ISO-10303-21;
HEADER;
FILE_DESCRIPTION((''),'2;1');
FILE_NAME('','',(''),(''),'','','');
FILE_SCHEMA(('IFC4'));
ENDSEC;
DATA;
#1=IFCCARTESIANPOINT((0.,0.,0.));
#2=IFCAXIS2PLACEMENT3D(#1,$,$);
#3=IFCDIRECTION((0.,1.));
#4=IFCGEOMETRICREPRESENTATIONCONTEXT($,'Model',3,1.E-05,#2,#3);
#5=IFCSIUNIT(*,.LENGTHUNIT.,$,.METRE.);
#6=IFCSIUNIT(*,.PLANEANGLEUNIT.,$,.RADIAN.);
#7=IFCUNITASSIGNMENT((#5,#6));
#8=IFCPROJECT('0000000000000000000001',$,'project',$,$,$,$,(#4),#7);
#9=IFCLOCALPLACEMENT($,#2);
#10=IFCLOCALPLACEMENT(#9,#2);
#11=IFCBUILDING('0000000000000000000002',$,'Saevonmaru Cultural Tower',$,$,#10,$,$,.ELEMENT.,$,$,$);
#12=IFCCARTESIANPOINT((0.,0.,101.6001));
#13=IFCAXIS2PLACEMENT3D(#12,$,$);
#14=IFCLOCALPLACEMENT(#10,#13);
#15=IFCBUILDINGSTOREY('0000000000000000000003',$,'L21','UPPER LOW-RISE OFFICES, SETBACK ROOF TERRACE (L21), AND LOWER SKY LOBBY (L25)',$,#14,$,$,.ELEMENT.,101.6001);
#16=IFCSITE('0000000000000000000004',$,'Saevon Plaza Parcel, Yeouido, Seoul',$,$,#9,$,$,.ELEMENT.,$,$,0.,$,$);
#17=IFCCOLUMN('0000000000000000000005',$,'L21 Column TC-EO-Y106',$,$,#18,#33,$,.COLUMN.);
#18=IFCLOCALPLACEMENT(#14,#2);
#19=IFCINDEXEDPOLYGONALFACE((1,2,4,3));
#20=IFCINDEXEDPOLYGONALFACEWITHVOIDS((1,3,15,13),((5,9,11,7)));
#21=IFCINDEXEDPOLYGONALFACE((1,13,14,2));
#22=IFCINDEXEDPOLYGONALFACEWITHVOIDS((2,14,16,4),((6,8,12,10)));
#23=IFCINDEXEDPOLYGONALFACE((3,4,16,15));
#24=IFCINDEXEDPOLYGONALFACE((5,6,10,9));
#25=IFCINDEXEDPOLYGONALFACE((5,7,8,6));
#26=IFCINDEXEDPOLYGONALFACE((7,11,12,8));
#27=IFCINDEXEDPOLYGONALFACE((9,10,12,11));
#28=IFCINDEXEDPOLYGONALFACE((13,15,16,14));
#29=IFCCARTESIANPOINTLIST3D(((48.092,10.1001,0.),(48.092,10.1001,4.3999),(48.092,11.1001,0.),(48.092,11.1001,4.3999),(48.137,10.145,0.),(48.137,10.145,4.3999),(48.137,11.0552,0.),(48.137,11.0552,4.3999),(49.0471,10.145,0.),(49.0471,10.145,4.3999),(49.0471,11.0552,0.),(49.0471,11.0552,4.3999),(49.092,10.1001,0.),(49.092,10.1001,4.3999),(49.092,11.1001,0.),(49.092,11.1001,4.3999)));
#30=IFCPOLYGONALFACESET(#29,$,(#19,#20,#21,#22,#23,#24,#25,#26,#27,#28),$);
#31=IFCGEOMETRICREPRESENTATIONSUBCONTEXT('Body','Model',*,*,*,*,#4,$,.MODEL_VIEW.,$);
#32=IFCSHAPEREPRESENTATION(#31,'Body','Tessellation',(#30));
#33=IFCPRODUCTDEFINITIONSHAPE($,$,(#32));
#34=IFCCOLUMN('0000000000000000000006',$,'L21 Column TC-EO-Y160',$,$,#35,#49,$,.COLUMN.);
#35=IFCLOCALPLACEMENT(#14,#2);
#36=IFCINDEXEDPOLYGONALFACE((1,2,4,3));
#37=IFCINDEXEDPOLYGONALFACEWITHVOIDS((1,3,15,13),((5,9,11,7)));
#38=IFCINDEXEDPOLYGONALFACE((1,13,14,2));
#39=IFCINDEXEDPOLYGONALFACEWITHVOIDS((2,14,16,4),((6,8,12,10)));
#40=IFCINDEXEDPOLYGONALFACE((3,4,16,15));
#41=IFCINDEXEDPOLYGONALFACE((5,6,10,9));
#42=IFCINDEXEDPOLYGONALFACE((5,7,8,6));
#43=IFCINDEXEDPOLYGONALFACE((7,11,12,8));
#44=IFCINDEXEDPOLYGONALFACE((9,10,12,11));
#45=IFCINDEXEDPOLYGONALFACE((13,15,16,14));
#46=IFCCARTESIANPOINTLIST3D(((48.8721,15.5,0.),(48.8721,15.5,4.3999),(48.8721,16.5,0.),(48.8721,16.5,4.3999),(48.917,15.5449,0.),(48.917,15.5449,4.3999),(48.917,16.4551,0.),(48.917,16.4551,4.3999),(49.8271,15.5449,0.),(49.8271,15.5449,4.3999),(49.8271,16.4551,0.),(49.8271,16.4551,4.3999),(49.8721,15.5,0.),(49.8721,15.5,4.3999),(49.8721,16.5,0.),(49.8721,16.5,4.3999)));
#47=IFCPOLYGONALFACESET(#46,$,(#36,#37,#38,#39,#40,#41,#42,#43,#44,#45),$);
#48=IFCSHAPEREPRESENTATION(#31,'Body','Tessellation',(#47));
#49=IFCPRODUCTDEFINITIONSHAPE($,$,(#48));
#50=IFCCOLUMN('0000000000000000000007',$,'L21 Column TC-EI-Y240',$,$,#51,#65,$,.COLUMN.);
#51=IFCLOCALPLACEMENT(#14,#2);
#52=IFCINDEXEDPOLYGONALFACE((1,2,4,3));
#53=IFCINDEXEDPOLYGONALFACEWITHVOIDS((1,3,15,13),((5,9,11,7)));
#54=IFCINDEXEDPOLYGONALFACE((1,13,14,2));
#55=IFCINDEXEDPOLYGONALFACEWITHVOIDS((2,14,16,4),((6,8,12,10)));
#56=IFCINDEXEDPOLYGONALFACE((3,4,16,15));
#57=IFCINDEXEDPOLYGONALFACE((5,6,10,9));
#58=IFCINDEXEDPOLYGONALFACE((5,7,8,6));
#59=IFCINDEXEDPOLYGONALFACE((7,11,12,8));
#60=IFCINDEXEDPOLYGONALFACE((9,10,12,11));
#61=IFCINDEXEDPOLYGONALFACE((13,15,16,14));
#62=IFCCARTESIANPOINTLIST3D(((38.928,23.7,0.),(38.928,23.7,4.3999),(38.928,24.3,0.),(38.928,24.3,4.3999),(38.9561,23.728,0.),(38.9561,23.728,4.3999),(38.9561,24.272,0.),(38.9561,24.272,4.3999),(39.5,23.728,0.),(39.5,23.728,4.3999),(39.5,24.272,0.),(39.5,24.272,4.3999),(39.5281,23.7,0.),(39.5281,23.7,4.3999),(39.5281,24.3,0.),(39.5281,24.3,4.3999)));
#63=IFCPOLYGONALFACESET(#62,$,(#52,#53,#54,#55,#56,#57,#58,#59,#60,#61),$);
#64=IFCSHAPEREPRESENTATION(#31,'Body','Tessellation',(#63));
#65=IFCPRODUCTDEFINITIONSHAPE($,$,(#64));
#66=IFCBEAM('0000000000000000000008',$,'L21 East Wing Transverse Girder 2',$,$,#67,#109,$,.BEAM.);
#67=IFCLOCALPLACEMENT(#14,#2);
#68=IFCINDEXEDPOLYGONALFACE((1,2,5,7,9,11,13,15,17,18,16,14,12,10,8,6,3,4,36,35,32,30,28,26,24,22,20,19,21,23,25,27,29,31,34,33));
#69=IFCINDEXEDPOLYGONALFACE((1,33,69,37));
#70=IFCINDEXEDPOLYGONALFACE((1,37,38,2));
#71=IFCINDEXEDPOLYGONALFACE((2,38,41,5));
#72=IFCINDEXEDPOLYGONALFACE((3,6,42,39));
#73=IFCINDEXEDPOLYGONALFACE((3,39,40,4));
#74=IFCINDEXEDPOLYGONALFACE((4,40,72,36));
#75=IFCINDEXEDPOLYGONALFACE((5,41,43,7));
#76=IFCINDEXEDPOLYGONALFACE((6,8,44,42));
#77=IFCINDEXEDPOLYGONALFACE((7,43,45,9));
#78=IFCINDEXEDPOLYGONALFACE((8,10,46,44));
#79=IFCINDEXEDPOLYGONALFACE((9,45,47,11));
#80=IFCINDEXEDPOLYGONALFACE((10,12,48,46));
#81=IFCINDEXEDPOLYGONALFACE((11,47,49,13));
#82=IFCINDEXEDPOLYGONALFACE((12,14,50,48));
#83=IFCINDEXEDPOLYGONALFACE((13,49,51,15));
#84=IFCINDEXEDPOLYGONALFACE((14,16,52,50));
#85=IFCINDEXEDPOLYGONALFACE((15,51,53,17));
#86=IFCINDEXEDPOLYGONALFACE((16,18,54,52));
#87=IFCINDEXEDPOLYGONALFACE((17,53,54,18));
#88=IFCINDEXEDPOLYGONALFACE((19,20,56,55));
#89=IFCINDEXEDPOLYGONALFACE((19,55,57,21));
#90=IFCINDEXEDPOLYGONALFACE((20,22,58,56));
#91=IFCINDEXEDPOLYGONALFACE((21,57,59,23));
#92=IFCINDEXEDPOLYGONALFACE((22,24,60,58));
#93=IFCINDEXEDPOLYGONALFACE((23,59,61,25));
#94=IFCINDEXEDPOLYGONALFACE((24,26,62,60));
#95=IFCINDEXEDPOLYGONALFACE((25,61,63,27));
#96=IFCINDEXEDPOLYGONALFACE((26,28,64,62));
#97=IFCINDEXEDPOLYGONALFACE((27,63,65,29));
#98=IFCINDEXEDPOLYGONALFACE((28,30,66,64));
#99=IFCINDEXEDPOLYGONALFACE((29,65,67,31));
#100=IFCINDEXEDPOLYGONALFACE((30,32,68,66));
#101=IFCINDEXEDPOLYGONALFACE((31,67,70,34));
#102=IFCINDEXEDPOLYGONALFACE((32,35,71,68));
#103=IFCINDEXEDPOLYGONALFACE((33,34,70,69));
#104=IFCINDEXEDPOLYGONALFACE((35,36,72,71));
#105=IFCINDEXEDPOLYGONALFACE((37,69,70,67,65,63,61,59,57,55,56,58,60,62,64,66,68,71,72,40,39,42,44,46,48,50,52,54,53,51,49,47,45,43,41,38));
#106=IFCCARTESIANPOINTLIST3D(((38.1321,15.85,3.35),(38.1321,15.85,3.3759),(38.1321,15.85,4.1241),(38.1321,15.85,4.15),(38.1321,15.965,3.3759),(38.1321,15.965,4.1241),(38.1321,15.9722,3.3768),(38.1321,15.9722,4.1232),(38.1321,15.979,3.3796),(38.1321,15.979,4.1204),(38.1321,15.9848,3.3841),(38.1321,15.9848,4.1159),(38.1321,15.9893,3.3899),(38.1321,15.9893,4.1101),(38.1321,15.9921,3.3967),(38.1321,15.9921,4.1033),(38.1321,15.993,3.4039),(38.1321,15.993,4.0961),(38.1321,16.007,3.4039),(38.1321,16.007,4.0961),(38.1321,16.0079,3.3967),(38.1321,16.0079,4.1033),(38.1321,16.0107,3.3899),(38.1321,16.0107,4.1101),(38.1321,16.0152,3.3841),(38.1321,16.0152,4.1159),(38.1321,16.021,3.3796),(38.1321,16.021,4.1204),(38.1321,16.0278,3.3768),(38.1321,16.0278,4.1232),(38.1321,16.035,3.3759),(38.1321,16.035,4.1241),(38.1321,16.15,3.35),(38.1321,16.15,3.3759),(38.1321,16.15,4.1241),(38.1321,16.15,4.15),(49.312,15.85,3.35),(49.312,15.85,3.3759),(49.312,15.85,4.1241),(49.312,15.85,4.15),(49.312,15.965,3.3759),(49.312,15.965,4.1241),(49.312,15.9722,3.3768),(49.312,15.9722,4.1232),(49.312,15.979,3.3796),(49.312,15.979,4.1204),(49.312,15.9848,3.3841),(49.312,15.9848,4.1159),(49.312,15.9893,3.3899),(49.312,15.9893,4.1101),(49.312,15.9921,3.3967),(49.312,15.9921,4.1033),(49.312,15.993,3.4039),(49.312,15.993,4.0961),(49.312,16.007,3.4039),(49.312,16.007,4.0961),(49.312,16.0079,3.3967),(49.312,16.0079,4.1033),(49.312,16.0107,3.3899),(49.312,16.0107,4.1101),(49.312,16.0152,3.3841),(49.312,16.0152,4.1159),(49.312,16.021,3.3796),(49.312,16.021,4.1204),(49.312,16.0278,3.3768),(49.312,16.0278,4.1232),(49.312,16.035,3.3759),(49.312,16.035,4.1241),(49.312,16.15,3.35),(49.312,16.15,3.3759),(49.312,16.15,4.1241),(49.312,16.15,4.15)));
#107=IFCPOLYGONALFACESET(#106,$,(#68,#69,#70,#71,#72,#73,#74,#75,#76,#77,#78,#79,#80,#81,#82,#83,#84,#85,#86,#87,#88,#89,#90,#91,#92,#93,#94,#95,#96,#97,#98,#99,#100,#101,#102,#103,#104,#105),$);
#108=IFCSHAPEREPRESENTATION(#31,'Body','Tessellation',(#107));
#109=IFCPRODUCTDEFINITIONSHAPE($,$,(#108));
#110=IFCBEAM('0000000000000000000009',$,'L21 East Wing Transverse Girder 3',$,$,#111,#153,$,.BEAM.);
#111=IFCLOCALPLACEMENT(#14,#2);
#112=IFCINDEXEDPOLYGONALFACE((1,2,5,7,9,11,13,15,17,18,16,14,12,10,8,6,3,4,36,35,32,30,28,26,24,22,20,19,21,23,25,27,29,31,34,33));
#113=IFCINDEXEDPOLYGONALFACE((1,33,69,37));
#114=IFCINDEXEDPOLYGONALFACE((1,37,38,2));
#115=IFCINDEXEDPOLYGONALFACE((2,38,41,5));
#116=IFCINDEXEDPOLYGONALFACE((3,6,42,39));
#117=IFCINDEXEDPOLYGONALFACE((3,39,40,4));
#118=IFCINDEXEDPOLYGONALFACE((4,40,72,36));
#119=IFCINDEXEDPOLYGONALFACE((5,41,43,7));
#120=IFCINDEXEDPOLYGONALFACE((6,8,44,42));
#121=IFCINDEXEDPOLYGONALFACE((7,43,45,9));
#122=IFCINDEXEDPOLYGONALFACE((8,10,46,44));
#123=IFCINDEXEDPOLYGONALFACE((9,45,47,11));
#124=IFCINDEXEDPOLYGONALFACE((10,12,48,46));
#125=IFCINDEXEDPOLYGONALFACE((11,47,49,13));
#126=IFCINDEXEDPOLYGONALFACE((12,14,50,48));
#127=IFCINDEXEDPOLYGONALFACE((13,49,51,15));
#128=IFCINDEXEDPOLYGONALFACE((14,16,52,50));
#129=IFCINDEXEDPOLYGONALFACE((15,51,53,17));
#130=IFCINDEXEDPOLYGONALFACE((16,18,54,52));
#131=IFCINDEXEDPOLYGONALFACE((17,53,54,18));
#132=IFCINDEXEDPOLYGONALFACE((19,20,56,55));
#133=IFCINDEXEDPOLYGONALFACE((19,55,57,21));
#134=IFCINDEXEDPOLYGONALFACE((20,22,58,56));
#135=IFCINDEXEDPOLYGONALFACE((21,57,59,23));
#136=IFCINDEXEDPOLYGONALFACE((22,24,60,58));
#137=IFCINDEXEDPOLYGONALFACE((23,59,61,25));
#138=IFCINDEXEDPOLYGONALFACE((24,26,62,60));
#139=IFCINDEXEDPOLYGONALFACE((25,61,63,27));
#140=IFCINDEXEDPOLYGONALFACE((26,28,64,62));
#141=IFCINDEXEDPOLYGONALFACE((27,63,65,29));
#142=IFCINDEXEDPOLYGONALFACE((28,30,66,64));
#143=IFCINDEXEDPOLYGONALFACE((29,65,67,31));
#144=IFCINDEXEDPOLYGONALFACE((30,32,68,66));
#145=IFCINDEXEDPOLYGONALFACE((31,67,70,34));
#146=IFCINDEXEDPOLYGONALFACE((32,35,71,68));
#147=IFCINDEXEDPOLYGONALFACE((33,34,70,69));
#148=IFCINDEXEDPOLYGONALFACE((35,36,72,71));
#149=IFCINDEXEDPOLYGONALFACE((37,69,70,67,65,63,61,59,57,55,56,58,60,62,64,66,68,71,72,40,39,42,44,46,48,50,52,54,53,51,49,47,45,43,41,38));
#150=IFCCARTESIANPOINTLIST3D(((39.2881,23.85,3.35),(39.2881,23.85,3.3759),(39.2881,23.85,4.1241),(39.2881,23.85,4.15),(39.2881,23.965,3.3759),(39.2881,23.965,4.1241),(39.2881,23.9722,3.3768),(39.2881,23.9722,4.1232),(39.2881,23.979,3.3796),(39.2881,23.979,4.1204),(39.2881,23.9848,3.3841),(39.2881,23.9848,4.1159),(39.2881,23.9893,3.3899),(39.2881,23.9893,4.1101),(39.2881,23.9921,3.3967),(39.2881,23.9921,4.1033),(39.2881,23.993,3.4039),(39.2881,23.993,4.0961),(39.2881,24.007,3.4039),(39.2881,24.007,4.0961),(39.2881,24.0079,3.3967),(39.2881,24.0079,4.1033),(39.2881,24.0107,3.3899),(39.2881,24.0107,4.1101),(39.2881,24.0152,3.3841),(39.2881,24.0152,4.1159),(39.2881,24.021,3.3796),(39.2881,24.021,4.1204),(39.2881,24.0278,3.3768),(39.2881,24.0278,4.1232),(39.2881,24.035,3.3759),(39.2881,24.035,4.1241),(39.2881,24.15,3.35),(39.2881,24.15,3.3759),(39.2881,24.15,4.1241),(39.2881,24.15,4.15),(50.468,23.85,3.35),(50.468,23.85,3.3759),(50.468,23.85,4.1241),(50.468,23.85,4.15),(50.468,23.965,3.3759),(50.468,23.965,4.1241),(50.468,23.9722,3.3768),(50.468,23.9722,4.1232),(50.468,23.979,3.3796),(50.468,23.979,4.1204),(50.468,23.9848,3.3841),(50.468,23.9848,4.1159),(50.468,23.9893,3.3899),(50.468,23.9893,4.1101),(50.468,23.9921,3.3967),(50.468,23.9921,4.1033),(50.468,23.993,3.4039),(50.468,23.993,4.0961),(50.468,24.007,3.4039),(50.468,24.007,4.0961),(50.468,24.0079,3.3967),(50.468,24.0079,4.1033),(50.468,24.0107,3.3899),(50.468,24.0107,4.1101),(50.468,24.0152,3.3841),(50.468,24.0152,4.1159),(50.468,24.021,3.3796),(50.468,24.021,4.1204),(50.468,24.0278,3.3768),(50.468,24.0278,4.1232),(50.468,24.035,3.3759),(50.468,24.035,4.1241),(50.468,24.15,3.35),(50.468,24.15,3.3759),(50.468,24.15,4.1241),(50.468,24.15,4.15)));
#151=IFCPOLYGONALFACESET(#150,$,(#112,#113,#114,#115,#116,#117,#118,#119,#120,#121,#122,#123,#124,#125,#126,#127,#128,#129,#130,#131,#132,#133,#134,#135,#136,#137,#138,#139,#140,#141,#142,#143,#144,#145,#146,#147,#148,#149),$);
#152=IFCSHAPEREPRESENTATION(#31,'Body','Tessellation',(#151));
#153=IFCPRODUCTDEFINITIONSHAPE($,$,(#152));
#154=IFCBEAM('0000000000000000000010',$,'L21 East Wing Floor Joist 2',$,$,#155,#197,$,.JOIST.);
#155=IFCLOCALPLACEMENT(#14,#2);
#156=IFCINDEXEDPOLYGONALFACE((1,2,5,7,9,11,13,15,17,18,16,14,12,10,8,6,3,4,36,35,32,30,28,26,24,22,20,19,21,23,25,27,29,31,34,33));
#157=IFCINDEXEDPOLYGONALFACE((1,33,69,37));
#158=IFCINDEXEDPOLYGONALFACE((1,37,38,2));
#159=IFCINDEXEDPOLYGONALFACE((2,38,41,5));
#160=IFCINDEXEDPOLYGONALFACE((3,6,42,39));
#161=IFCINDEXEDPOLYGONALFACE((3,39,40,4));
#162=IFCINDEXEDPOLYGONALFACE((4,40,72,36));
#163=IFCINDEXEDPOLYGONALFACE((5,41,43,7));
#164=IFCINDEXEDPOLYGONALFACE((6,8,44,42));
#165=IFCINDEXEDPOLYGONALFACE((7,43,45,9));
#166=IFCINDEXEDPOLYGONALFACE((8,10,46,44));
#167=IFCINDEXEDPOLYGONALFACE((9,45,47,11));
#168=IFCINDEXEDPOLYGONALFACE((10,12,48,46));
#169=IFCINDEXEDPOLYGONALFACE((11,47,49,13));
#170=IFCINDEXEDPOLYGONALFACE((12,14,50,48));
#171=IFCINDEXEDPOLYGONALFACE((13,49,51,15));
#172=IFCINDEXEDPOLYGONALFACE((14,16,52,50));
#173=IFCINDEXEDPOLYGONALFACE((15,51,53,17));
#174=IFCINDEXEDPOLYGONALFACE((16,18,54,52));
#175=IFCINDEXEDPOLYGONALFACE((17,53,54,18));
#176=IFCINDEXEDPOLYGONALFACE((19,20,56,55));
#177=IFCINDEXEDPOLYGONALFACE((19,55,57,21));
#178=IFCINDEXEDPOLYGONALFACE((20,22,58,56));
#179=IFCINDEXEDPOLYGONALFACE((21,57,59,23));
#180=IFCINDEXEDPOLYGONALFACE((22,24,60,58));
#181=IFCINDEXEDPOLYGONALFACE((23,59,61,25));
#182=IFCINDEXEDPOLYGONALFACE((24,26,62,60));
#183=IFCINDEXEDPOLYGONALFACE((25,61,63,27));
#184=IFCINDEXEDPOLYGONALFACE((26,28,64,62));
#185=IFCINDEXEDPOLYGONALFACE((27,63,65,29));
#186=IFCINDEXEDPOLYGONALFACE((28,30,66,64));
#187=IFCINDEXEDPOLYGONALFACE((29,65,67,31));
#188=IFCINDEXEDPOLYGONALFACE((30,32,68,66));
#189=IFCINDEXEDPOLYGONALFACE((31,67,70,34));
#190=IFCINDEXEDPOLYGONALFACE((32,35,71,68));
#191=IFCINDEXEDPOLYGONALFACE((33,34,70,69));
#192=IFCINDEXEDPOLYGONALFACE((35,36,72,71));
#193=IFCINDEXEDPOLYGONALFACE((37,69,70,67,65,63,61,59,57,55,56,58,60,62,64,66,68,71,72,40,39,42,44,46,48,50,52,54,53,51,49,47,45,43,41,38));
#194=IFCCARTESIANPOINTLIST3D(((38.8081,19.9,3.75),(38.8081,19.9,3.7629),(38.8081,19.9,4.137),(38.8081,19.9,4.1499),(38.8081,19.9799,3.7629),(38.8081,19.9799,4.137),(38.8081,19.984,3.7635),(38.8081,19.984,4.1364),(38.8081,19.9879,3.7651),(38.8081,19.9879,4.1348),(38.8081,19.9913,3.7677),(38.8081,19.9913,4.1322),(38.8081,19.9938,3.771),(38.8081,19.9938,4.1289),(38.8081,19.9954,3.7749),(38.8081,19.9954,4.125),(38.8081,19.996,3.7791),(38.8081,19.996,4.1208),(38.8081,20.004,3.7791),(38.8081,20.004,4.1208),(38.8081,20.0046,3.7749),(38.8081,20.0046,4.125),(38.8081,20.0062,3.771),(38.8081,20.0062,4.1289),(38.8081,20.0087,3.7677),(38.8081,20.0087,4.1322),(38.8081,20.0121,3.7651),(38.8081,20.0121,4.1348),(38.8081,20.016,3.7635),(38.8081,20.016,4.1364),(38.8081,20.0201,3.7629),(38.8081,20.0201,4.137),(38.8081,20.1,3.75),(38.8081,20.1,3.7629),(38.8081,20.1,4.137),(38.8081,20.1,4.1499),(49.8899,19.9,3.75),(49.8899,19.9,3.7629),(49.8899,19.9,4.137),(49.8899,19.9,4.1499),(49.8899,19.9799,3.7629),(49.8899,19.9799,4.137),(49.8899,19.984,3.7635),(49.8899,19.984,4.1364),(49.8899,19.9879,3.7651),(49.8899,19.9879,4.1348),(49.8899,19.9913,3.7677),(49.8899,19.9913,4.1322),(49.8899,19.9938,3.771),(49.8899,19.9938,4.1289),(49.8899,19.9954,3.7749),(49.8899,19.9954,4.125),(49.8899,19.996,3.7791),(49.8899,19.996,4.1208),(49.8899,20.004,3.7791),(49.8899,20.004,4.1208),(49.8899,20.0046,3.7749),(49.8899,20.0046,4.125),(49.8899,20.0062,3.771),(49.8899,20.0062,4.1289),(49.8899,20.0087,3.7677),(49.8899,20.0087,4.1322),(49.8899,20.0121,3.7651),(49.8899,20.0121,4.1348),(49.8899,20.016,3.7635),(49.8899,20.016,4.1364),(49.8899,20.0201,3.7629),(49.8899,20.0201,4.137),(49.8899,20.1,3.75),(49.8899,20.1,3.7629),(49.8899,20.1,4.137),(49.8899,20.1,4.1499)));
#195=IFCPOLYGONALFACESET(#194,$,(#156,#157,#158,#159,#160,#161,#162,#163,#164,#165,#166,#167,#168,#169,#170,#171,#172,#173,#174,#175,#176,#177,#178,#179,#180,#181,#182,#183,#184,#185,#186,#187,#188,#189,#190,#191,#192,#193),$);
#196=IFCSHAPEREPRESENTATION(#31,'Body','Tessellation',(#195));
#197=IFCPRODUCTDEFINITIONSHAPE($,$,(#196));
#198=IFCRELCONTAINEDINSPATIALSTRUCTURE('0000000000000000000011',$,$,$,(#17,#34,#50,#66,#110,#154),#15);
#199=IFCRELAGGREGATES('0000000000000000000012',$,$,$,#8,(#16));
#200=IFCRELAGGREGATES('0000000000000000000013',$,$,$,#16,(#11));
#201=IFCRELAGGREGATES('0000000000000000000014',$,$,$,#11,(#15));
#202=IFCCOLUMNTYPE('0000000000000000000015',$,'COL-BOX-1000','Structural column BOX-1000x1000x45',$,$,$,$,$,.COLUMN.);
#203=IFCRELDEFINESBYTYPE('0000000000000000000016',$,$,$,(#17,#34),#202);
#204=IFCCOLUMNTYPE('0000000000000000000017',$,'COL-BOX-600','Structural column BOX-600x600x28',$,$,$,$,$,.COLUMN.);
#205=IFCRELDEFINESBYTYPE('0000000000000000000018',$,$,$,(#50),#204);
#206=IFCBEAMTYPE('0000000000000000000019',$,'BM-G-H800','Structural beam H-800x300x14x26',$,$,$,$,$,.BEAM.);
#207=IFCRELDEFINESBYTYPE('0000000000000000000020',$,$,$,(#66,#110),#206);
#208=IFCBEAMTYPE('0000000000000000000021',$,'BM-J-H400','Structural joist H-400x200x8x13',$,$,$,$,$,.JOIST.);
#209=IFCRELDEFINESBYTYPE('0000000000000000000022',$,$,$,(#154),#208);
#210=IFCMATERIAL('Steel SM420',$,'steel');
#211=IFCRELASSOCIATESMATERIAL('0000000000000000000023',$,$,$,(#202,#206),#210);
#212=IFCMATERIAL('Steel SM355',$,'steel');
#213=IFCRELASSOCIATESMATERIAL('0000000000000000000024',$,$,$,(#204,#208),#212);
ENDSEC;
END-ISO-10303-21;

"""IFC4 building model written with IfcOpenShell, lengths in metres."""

from ifc_helpers import new_model, si_unit, direction, frame, origin, origin_2d, place, context, subcontext, project, spatial, hollow_rectangle, i_section, extrude, material, material_profile, profile_set, type_object, element, save


model = new_model("IFC4")

# Units and contexts
model_context = context("Model", 3, precision=1e-05, world=origin(), true_north=direction((0.0, 1.0)))
body_context = subcontext(model_context, "Body", "Model", "MODEL_VIEW")
ifc_project = project(units=[si_unit("LENGTHUNIT", "METRE"), si_unit("PLANEANGLEUNIT", "RADIAN")], contexts=[model_context])

# Site, building, storey
site_placement = place(None, origin())
site = spatial("IfcSite", under=ifc_project, at=site_placement, Name="Saevon Plaza Parcel, Yeouido, Seoul", CompositionType="ELEMENT", RefElevation=0.0)
building_placement = place(site_placement, origin())
building = spatial("IfcBuilding", under=site, at=building_placement, Name="Saevonmaru Cultural Tower", CompositionType="ELEMENT")
storey_placement = place(building_placement, frame((0.0, 0.0, 101.6001)))
storey = spatial("IfcBuildingStorey", under=building, at=storey_placement, Name="L21", Description="UPPER LOW-RISE OFFICES, SETBACK ROOF TERRACE (L21), AND LOWER SKY LOBBY (L25)", CompositionType="ELEMENT", Elevation=101.6001)

# Columns
ifc_material_1 = material(Name="Steel SM420", Category="steel")
ifc_material_profile_1 = material_profile(ifc_material_1, hollow_rectangle(XDim=1.0, YDim=1.0, WallThickness=0.0449, at=origin_2d()), Name="BOX-1000x1000x45")
ifc_profile_set_1 = profile_set([ifc_material_profile_1], Name="Steel SM420")
column_type_1 = type_object("IfcColumnType", Name="COL-BOX-1000", Description="Structural column BOX-1000x1000x45", PredefinedType="COLUMN", material=ifc_profile_set_1)
for number, where, z_axis, x_axis, name in (
    (1, (48.592, 10.6001, 0.0), (0.0, 0.0, 1.0), (1.0, 0.0, 0.0), "L21 Column TC-EO-Y106"),
    (2, (49.3721, 16.0, 0.0), (0.0, 0.0, 1.0), (1.0, 0.0, 0.0), "L21 Column TC-EO-Y160"),
):
    element("IfcColumn", number, at=place(storey_placement, frame(where, z_axis=z_axis, x_axis=x_axis)), inside=storey, type_object=column_type_1, Name=name, PredefinedType="COLUMN", context=body_context, shape_type="SweptSolid", body=[
        extrude(hollow_rectangle(XDim=1.0, YDim=1.0, WallThickness=0.0449, at=origin_2d()), origin(), (0.0, 0.0, 1.0), 4.3999),
    ])
ifc_material_2 = material(Name="Steel SM355", Category="steel")
ifc_material_profile_2 = material_profile(ifc_material_2, hollow_rectangle(XDim=0.6001, YDim=0.6001, WallThickness=0.0281, at=origin_2d()), Name="BOX-600x600x28")
ifc_profile_set_2 = profile_set([ifc_material_profile_2], Name="Steel SM355")
column_type_2 = type_object("IfcColumnType", Name="COL-BOX-600", Description="Structural column BOX-600x600x28", PredefinedType="COLUMN", material=ifc_profile_set_2)
column_placement = place(storey_placement, frame((39.228, 24.0, 0.0), z_axis=(0.0, 0.0, 1.0), x_axis=(1.0, 0.0, 0.0)))
element("IfcColumn", 3, at=column_placement, inside=storey, type_object=column_type_2, Name="L21 Column TC-EI-Y240", PredefinedType="COLUMN", context=body_context, shape_type="SweptSolid", body=[
    extrude(hollow_rectangle(XDim=0.6001, YDim=0.6001, WallThickness=0.0281, at=origin_2d()), origin(), (0.0, 0.0, 1.0), 4.3999),
])

# Beams
ifc_material_profile_3 = material_profile(ifc_material_1, i_section(OverallWidth=0.3, OverallDepth=0.8, WebThickness=0.0139, FlangeThickness=0.0259, FilletRadius=0.0281, at=origin_2d()), Name="H-800x300x14x26")
ifc_profile_set_3 = profile_set([ifc_material_profile_3], Name="Steel SM420")
beam_type_1 = type_object("IfcBeamType", Name="BM-G-H800", Description="Structural beam H-800x300x14x26", PredefinedType="BEAM", material=ifc_profile_set_3)
for number, where, z_axis, x_axis, name in (
    (4, (38.1321, 16.0, 3.75), (1.0, 0.0, 0.0), (0.0, 1.0, 0.0), "L21 East Wing Transverse Girder 2"),
    (5, (39.2881, 24.0, 3.75), (1.0, 0.0, 0.0), (0.0, 1.0, 0.0), "L21 East Wing Transverse Girder 3"),
):
    element("IfcBeam", number, at=place(storey_placement, frame(where, z_axis=z_axis, x_axis=x_axis)), inside=storey, type_object=beam_type_1, Name=name, PredefinedType="BEAM", context=body_context, shape_type="SweptSolid", body=[
        extrude(i_section(OverallWidth=0.3, OverallDepth=0.8, WebThickness=0.0139, FlangeThickness=0.0259, FilletRadius=0.0281, at=origin_2d()), origin(), (0.0, 0.0, 1.0), 11.1799),
    ])
ifc_material_profile_4 = material_profile(ifc_material_2, i_section(OverallWidth=0.2, OverallDepth=0.3999, WebThickness=0.0081, FlangeThickness=0.0129, FilletRadius=0.0161, at=origin_2d()), Name="H-400x200x8x13")
ifc_profile_set_4 = profile_set([ifc_material_profile_4], Name="Steel SM355")
beam_type_2 = type_object("IfcBeamType", Name="BM-J-H400", Description="Structural joist H-400x200x8x13", PredefinedType="JOIST", material=ifc_profile_set_4)
beam_1_placement = place(storey_placement, frame((38.8081, 20.0, 3.95), z_axis=(1.0, 0.0, 0.0), x_axis=(0.0, 1.0, 0.0)))
element("IfcBeam", 6, at=beam_1_placement, inside=storey, type_object=beam_type_2, Name="L21 East Wing Floor Joist 2", PredefinedType="JOIST", context=body_context, shape_type="SweptSolid", body=[
    extrude(i_section(OverallWidth=0.2, OverallDepth=0.3999, WebThickness=0.0081, FlangeThickness=0.0129, FilletRadius=0.0161, at=origin_2d()), origin(), (0.0, 0.0, 1.0), 11.0818),
])

save(model, "model.ifc")
